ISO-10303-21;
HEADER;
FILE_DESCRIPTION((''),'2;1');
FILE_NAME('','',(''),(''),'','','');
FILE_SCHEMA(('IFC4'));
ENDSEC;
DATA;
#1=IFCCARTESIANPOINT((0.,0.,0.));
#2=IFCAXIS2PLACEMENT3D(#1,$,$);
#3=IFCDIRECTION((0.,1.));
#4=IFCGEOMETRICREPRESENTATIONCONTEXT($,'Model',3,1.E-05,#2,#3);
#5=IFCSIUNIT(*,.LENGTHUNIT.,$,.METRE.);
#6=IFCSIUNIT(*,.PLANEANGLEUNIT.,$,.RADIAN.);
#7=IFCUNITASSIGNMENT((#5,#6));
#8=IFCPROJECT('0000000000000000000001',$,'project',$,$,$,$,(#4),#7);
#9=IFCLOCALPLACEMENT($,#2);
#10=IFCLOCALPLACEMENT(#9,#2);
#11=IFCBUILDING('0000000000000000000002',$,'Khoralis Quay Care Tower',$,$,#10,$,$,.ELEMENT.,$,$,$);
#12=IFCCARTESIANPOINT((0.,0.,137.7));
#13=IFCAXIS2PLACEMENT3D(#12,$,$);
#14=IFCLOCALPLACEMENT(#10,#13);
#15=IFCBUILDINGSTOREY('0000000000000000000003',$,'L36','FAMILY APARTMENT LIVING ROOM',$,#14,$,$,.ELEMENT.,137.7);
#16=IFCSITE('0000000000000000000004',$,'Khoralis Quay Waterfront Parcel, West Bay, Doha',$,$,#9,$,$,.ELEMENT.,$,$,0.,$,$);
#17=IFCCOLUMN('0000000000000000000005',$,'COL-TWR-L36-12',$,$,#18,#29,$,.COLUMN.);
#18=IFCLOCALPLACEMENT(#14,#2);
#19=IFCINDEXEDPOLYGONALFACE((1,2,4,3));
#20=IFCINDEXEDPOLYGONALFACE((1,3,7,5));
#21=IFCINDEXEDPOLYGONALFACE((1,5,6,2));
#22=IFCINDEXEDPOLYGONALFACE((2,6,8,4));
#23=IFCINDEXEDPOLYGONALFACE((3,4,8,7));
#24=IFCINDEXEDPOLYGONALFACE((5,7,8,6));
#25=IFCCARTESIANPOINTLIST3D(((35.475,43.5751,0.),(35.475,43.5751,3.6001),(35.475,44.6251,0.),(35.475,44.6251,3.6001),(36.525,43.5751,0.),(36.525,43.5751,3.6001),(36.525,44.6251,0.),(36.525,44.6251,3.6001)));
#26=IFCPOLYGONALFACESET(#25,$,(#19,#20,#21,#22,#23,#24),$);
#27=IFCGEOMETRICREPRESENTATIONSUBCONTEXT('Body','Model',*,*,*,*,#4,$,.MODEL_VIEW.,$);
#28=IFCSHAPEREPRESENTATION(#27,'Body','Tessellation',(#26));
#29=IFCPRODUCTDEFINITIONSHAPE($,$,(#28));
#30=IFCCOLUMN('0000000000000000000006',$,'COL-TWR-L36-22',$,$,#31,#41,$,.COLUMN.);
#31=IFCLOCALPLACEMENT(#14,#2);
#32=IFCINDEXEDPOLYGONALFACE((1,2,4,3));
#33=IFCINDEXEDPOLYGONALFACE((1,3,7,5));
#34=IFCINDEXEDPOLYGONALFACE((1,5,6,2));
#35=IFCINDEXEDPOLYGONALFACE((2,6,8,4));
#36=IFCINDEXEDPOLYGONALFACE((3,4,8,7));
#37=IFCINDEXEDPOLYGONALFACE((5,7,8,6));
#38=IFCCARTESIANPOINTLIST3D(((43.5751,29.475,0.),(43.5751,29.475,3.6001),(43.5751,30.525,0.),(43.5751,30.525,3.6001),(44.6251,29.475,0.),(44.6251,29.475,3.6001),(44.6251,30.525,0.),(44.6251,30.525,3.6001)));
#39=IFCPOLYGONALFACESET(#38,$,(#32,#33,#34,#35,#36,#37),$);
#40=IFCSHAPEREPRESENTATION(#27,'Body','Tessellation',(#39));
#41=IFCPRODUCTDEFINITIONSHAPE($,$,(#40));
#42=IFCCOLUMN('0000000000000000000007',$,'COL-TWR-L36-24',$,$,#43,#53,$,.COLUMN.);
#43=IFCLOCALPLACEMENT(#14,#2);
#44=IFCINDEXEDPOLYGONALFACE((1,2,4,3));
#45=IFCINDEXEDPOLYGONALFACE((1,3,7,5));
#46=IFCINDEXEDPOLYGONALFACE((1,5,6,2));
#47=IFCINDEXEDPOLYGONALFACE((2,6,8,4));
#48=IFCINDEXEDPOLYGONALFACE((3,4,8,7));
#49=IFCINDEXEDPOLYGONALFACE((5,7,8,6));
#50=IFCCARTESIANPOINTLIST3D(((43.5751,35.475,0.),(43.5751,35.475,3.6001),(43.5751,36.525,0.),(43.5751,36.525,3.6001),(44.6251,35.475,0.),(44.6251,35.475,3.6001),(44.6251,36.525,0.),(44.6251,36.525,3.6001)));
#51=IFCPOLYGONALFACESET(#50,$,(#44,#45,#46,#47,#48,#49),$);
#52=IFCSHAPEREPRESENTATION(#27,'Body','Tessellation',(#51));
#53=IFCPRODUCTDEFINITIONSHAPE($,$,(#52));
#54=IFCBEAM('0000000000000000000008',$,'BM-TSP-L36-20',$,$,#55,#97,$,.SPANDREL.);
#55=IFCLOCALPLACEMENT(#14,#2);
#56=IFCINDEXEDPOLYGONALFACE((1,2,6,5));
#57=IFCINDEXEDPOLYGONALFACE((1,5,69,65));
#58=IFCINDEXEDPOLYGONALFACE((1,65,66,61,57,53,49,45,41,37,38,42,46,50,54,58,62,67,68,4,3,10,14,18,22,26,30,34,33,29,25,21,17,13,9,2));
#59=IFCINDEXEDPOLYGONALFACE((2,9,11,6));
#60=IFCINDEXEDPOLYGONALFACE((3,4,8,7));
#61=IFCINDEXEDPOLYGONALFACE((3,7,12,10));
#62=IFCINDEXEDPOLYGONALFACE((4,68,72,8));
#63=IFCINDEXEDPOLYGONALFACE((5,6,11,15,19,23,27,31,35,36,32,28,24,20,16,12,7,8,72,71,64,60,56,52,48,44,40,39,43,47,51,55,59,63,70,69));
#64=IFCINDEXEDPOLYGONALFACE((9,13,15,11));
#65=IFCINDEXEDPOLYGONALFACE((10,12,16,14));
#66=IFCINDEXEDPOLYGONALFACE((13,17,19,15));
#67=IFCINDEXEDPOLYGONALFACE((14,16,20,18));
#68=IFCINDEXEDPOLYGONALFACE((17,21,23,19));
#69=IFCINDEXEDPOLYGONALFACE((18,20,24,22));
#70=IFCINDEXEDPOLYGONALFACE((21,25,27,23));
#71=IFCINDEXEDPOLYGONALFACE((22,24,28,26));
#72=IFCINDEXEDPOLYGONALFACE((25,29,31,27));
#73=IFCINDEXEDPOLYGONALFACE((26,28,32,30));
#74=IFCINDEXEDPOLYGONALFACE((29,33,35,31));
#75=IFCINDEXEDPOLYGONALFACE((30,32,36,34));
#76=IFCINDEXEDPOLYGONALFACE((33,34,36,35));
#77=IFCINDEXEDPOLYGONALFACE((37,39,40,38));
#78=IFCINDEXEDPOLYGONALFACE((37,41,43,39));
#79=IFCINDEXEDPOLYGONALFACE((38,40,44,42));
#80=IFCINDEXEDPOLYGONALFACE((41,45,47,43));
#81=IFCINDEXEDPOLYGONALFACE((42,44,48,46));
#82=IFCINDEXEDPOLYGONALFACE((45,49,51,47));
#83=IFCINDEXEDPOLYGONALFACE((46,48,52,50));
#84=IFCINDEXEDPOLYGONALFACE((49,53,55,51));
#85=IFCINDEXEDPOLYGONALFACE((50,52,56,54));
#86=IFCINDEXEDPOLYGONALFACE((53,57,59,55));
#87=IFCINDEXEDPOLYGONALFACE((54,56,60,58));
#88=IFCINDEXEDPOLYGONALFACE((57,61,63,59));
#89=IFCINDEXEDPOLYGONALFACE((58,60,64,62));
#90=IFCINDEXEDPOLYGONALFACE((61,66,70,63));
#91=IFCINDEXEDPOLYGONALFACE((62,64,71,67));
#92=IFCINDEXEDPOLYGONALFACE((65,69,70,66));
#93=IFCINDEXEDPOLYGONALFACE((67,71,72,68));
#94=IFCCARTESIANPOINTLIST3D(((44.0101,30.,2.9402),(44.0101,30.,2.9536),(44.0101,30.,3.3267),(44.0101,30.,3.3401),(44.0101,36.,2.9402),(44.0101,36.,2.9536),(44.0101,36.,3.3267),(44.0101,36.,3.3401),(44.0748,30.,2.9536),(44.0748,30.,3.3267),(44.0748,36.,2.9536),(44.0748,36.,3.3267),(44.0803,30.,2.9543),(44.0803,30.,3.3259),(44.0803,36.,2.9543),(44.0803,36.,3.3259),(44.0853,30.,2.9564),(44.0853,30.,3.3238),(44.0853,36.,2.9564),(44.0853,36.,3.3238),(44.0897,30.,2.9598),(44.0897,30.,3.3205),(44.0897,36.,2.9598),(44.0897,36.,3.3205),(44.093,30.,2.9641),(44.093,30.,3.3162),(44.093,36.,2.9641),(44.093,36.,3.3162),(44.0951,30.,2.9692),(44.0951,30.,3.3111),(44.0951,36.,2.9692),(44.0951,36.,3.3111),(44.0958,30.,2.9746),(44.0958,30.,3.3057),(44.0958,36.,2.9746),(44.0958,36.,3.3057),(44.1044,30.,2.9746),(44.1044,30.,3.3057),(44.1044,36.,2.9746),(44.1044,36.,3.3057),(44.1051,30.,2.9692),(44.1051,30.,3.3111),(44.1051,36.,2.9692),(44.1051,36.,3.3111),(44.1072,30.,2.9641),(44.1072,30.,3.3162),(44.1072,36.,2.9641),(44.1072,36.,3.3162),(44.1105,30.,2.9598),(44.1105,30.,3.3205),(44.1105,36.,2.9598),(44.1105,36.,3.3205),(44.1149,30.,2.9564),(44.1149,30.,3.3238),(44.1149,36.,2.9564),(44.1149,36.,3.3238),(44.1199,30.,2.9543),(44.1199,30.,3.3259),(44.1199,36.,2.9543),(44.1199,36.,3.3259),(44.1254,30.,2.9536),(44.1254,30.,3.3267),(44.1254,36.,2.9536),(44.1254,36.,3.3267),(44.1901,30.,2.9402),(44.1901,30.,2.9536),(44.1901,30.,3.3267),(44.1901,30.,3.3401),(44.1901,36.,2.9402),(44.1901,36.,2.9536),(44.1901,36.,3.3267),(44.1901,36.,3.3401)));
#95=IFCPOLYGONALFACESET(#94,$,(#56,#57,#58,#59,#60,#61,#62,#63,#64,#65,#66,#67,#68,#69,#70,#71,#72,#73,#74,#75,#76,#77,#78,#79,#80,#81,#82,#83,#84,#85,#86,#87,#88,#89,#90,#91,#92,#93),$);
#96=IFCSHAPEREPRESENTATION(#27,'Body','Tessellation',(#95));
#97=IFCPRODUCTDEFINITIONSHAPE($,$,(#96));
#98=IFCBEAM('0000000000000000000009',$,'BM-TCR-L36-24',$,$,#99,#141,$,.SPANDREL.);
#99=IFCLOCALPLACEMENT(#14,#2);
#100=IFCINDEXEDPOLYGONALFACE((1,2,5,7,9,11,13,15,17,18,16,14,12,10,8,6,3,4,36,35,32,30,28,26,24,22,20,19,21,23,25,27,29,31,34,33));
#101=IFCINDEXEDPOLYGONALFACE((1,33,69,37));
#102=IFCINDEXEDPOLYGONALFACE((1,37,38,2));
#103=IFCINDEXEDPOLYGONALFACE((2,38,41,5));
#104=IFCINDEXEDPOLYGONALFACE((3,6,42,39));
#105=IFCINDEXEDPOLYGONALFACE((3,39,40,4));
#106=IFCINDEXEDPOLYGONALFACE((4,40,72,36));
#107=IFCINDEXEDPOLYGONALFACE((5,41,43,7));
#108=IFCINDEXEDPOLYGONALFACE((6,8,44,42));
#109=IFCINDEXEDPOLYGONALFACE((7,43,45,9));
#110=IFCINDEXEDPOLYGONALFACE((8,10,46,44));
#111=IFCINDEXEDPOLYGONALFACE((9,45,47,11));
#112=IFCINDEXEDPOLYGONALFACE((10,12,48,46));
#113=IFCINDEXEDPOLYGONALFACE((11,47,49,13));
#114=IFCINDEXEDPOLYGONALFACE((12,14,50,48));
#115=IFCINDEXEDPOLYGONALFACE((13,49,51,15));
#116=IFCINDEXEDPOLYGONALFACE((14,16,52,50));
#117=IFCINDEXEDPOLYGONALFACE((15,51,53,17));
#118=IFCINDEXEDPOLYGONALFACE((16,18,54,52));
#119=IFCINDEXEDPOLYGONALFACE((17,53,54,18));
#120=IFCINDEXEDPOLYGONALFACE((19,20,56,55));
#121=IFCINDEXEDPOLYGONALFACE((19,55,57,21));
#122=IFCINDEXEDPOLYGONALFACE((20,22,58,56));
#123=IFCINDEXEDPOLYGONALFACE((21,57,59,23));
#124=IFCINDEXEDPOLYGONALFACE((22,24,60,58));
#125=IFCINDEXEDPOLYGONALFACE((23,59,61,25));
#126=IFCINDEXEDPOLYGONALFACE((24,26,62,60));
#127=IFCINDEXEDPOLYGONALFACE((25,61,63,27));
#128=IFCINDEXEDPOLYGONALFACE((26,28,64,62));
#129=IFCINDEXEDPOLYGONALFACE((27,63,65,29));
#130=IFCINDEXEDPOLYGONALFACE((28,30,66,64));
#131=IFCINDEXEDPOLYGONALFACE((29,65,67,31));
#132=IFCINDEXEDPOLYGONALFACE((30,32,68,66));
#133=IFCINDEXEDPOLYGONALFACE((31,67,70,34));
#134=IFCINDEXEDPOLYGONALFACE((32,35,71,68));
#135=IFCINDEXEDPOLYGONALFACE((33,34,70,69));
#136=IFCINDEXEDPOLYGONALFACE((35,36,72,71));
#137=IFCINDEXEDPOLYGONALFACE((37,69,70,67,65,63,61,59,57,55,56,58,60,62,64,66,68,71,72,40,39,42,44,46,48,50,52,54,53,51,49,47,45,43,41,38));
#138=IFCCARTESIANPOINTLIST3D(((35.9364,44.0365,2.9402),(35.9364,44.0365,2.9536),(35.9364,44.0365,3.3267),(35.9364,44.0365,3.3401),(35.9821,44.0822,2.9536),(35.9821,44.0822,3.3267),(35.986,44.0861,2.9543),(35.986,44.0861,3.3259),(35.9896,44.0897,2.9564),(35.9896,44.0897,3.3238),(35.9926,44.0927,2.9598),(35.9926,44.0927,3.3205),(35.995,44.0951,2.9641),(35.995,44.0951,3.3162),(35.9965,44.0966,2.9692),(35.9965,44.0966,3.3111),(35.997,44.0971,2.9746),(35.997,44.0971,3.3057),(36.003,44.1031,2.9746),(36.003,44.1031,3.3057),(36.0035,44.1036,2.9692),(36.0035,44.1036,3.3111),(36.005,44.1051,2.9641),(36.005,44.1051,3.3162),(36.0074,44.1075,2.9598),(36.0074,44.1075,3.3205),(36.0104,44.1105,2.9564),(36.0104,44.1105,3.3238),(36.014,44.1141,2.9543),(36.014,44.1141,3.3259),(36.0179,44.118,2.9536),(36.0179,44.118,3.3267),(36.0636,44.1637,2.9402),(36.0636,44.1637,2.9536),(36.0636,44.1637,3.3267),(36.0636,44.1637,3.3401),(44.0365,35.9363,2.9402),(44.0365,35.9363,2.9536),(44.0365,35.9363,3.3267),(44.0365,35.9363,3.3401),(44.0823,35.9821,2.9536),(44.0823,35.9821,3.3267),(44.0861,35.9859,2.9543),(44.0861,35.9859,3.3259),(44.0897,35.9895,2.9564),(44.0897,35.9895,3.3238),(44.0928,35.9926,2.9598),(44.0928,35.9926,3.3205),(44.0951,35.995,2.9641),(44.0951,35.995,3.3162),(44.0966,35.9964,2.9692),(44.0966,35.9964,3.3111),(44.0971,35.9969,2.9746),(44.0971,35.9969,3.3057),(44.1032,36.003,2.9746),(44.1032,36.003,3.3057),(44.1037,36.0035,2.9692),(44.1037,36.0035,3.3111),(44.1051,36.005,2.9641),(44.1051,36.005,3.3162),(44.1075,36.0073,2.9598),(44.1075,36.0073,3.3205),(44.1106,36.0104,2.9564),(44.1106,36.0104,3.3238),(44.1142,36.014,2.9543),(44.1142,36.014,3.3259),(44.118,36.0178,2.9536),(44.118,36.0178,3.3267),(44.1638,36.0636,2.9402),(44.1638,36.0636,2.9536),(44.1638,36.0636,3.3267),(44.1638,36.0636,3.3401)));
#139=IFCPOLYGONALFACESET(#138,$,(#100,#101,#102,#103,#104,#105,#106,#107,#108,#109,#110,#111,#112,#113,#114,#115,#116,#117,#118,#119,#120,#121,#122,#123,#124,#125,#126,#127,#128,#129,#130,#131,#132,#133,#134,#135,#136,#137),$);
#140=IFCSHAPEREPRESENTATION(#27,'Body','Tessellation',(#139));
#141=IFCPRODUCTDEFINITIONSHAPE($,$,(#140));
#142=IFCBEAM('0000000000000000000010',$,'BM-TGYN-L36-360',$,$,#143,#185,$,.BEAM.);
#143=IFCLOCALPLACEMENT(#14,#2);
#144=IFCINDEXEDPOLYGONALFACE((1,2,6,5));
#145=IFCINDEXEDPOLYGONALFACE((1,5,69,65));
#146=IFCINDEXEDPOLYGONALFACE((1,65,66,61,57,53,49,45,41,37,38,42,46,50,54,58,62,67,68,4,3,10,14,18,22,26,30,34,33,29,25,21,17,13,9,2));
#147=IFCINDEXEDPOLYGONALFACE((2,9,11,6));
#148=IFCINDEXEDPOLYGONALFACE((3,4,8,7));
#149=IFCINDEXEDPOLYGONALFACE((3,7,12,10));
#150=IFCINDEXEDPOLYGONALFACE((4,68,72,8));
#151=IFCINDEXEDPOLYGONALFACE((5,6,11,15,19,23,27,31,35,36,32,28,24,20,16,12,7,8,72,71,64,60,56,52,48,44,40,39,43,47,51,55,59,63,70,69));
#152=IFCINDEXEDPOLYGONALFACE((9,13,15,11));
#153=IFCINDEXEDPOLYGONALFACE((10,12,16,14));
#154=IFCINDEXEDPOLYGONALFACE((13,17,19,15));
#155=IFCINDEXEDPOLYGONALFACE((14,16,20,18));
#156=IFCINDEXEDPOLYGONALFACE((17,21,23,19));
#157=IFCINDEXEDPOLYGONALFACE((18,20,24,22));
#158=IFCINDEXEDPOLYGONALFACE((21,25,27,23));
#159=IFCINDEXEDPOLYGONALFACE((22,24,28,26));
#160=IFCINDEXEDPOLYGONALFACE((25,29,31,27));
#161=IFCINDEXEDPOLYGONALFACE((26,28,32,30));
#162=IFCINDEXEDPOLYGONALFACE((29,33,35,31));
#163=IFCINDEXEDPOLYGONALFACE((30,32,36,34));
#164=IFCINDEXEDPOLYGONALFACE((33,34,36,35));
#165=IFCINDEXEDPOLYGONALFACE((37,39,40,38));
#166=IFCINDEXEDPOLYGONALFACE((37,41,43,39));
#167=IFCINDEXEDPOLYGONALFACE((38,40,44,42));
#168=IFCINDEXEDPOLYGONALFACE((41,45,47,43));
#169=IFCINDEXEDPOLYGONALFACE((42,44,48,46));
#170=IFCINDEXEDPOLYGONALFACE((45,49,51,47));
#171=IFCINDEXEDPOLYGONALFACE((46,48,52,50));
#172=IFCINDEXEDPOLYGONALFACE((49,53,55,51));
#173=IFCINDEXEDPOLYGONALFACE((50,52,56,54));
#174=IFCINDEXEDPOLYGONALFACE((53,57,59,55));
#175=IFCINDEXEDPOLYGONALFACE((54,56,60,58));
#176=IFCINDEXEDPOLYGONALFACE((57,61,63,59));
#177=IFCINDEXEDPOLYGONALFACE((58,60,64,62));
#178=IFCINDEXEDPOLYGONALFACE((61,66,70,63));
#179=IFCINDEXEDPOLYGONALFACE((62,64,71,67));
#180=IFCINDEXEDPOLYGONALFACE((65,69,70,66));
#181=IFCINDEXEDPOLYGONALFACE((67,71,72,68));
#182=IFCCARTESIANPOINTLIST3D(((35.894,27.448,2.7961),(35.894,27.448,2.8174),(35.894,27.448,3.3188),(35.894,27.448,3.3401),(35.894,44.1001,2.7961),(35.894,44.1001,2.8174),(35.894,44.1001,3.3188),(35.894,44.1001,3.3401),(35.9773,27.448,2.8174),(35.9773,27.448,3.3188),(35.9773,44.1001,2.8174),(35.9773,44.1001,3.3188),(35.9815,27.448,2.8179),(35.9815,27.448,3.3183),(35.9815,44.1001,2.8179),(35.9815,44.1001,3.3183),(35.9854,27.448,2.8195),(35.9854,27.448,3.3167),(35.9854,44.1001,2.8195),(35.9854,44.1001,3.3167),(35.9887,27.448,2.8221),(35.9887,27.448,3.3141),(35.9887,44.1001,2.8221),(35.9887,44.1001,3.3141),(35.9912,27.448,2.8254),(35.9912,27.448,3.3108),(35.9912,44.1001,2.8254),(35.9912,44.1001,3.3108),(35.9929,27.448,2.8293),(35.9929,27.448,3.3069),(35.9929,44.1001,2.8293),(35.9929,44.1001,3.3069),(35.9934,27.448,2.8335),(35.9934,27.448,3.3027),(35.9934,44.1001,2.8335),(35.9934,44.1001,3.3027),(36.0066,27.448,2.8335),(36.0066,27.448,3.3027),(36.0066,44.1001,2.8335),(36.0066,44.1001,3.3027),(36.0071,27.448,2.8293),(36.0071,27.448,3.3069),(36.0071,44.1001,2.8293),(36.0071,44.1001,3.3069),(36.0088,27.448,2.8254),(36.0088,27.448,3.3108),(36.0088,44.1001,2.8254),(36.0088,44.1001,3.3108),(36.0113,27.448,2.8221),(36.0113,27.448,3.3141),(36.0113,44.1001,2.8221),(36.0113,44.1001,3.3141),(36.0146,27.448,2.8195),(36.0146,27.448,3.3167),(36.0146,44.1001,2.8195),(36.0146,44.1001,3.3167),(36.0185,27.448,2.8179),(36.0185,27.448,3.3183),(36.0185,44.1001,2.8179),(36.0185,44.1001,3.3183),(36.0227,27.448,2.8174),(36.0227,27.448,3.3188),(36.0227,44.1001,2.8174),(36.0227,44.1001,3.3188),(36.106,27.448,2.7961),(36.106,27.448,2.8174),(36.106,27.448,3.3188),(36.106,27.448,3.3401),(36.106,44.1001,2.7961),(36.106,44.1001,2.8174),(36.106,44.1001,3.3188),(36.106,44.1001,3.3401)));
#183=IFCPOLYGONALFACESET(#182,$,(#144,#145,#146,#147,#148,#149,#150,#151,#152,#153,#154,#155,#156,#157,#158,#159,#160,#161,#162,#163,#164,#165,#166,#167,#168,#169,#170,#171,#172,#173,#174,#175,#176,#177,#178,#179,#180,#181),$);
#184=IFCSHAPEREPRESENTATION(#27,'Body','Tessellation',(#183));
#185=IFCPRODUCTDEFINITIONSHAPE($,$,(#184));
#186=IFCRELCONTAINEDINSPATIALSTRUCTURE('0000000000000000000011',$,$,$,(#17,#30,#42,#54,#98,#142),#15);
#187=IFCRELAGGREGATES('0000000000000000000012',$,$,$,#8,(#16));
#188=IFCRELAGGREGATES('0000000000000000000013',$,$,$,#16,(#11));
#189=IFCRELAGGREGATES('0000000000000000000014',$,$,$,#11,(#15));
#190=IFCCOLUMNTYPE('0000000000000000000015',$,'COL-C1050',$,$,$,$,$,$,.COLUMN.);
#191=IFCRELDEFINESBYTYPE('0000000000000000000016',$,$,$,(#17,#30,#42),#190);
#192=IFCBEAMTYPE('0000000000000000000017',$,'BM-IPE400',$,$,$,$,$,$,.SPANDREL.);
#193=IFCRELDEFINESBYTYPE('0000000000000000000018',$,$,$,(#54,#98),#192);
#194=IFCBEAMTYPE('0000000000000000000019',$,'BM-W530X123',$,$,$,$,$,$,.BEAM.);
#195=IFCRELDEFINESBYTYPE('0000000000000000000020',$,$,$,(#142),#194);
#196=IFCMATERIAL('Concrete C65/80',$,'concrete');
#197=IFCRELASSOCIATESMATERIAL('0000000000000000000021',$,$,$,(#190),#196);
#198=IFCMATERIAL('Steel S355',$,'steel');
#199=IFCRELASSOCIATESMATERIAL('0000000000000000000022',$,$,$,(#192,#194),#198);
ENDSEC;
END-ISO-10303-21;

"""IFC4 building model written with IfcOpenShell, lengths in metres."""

from ifc_helpers import new_model, si_unit, direction, frame, origin, origin_2d, place, context, subcontext, project, spatial, rectangle, i_section, extrude, source, transform, mapped, material, material_profile, profile_set, type_object, element, save


model = new_model("IFC4")

# Units and contexts
model_context = context("Model", 3, precision=1e-05, world=origin(), true_north=direction((0.0, 1.0)))
body_context = subcontext(model_context, "Body", "Model", "MODEL_VIEW")
ifc_project = project(units=[si_unit("LENGTHUNIT", "METRE"), si_unit("PLANEANGLEUNIT", "RADIAN")], contexts=[model_context])

# Site, building, storey
site_placement = place(None, origin())
site = spatial("IfcSite", under=ifc_project, at=site_placement, Name="Khoralis Quay Waterfront Parcel, West Bay, Doha", CompositionType="ELEMENT", RefElevation=0.0)
building_placement = place(site_placement, origin())
building = spatial("IfcBuilding", under=site, at=building_placement, Name="Khoralis Quay Care Tower", CompositionType="ELEMENT")
storey_placement = place(building_placement, frame((0.0, 0.0, 137.7)))
storey = spatial("IfcBuildingStorey", under=building, at=storey_placement, Name="L36", Description="FAMILY APARTMENT LIVING ROOM", CompositionType="ELEMENT", Elevation=137.7)

# Columns
ifc_material_1 = material(Name="Concrete C65/80", Category="concrete")
ifc_material_profile_1 = material_profile(ifc_material_1, rectangle(XDim=1.05, YDim=1.05, at=origin_2d()), Name="Concrete C65/80")
ifc_profile_set_1 = profile_set([ifc_material_profile_1], Name="Concrete C65/80")
column_type = type_object("IfcColumnType", Name="COL-C1050", PredefinedType="COLUMN", material=ifc_profile_set_1)
shared_shape_1 = source(origin(), body_context, "Body", "SweptSolid", [
    extrude(rectangle(XDim=1.05, YDim=1.05, at=origin_2d()), origin(), (0.0, 0.0, 1.0), 3.6001),
])
for number, where, z_axis, x_axis, name in (
    (1, (36.0, 44.1001, 0.0), (0.0, 0.0, 1.0), (1.0, 0.0, 0.0), "COL-TWR-L36-12"),
    (2, (44.1001, 30.0, 0.0), (0.0, 0.0, 1.0), (1.0, 0.0, 0.0), "COL-TWR-L36-22"),
    (3, (44.1001, 36.0, 0.0), (0.0, 0.0, 1.0), (1.0, 0.0, 0.0), "COL-TWR-L36-24"),
):
    element("IfcColumn", number, at=place(storey_placement, frame(where, z_axis=z_axis, x_axis=x_axis)), inside=storey, type_object=column_type, Name=name, PredefinedType="COLUMN", context=body_context, shape_type="MappedRepresentation", body=[
        mapped(shared_shape_1, transform((0.0, 0.0, 0.0), scale=1.0)),
    ])

# Beams
ifc_material_2 = material(Name="Steel S355", Category="steel")
ifc_material_profile_2 = material_profile(ifc_material_2, i_section(OverallWidth=0.1799, OverallDepth=0.3999, WebThickness=0.0085, FlangeThickness=0.0134, FilletRadius=0.021, at=origin_2d()), Name="Steel S355")
ifc_profile_set_2 = profile_set([ifc_material_profile_2], Name="Steel S355")
beam_type_1 = type_object("IfcBeamType", Name="BM-IPE400", PredefinedType="SPANDREL", material=ifc_profile_set_2)
shared_shape_2 = source(origin(), body_context, "Body", "SweptSolid", [
    extrude(i_section(OverallWidth=0.1799, OverallDepth=0.3999, WebThickness=0.0085, FlangeThickness=0.0134, FilletRadius=0.021, at=origin_2d()), origin(), (0.0, 0.0, 1.0), 6.0),
])
beam_1_placement = place(storey_placement, frame((44.1001, 30.0, 3.1401), z_axis=(0.0, 1.0, 0.0), x_axis=(-1.0, 0.0, 0.0)))
element("IfcBeam", 4, at=beam_1_placement, inside=storey, type_object=beam_type_1, Name="BM-TSP-L36-20", PredefinedType="SPANDREL", context=body_context, shape_type="MappedRepresentation", body=[
    mapped(shared_shape_2, transform((0.0, 0.0, 0.0), scale=1.0)),
])
shared_shape_3 = source(origin(), body_context, "Body", "SweptSolid", [
    extrude(i_section(OverallWidth=0.1799, OverallDepth=0.3999, WebThickness=0.0085, FlangeThickness=0.0134, FilletRadius=0.021, at=origin_2d()), origin(), (0.0, 0.0, 1.0), 11.4553),
])
beam_2_placement = place(storey_placement, frame((36.0, 44.1001, 3.1401), z_axis=(0.707107, -0.707107, 0.0), x_axis=(0.707107, 0.707107, 0.0)))
element("IfcBeam", 5, at=beam_2_placement, inside=storey, type_object=beam_type_1, Name="BM-TCR-L36-24", PredefinedType="SPANDREL", context=body_context, shape_type="MappedRepresentation", body=[
    mapped(shared_shape_3, transform((0.0, 0.0, 0.0), scale=1.0)),
])
ifc_material_profile_3 = material_profile(ifc_material_2, i_section(OverallWidth=0.2119, OverallDepth=0.5439, WebThickness=0.0132, FlangeThickness=0.0212, FilletRadius=0.0161, at=origin_2d()), Name="Steel S355")
ifc_profile_set_3 = profile_set([ifc_material_profile_3], Name="Steel S355")
beam_type_2 = type_object("IfcBeamType", Name="BM-W530X123", PredefinedType="BEAM", material=ifc_profile_set_3)
shared_shape_4 = source(origin(), body_context, "Body", "SweptSolid", [
    extrude(i_section(OverallWidth=0.2119, OverallDepth=0.5439, WebThickness=0.0132, FlangeThickness=0.0212, FilletRadius=0.0161, at=origin_2d()), origin(), (0.0, 0.0, 1.0), 16.6521),
])
beam_3_placement = place(storey_placement, frame((36.0, 27.448, 3.0681), z_axis=(0.0, 1.0, 0.0), x_axis=(-1.0, 0.0, 0.0)))
element("IfcBeam", 6, at=beam_3_placement, inside=storey, type_object=beam_type_2, Name="BM-TGYN-L36-360", PredefinedType="BEAM", context=body_context, shape_type="MappedRepresentation", body=[
    mapped(shared_shape_4, transform((0.0, 0.0, 0.0), scale=1.0)),
])

save(model, "model.ifc")
